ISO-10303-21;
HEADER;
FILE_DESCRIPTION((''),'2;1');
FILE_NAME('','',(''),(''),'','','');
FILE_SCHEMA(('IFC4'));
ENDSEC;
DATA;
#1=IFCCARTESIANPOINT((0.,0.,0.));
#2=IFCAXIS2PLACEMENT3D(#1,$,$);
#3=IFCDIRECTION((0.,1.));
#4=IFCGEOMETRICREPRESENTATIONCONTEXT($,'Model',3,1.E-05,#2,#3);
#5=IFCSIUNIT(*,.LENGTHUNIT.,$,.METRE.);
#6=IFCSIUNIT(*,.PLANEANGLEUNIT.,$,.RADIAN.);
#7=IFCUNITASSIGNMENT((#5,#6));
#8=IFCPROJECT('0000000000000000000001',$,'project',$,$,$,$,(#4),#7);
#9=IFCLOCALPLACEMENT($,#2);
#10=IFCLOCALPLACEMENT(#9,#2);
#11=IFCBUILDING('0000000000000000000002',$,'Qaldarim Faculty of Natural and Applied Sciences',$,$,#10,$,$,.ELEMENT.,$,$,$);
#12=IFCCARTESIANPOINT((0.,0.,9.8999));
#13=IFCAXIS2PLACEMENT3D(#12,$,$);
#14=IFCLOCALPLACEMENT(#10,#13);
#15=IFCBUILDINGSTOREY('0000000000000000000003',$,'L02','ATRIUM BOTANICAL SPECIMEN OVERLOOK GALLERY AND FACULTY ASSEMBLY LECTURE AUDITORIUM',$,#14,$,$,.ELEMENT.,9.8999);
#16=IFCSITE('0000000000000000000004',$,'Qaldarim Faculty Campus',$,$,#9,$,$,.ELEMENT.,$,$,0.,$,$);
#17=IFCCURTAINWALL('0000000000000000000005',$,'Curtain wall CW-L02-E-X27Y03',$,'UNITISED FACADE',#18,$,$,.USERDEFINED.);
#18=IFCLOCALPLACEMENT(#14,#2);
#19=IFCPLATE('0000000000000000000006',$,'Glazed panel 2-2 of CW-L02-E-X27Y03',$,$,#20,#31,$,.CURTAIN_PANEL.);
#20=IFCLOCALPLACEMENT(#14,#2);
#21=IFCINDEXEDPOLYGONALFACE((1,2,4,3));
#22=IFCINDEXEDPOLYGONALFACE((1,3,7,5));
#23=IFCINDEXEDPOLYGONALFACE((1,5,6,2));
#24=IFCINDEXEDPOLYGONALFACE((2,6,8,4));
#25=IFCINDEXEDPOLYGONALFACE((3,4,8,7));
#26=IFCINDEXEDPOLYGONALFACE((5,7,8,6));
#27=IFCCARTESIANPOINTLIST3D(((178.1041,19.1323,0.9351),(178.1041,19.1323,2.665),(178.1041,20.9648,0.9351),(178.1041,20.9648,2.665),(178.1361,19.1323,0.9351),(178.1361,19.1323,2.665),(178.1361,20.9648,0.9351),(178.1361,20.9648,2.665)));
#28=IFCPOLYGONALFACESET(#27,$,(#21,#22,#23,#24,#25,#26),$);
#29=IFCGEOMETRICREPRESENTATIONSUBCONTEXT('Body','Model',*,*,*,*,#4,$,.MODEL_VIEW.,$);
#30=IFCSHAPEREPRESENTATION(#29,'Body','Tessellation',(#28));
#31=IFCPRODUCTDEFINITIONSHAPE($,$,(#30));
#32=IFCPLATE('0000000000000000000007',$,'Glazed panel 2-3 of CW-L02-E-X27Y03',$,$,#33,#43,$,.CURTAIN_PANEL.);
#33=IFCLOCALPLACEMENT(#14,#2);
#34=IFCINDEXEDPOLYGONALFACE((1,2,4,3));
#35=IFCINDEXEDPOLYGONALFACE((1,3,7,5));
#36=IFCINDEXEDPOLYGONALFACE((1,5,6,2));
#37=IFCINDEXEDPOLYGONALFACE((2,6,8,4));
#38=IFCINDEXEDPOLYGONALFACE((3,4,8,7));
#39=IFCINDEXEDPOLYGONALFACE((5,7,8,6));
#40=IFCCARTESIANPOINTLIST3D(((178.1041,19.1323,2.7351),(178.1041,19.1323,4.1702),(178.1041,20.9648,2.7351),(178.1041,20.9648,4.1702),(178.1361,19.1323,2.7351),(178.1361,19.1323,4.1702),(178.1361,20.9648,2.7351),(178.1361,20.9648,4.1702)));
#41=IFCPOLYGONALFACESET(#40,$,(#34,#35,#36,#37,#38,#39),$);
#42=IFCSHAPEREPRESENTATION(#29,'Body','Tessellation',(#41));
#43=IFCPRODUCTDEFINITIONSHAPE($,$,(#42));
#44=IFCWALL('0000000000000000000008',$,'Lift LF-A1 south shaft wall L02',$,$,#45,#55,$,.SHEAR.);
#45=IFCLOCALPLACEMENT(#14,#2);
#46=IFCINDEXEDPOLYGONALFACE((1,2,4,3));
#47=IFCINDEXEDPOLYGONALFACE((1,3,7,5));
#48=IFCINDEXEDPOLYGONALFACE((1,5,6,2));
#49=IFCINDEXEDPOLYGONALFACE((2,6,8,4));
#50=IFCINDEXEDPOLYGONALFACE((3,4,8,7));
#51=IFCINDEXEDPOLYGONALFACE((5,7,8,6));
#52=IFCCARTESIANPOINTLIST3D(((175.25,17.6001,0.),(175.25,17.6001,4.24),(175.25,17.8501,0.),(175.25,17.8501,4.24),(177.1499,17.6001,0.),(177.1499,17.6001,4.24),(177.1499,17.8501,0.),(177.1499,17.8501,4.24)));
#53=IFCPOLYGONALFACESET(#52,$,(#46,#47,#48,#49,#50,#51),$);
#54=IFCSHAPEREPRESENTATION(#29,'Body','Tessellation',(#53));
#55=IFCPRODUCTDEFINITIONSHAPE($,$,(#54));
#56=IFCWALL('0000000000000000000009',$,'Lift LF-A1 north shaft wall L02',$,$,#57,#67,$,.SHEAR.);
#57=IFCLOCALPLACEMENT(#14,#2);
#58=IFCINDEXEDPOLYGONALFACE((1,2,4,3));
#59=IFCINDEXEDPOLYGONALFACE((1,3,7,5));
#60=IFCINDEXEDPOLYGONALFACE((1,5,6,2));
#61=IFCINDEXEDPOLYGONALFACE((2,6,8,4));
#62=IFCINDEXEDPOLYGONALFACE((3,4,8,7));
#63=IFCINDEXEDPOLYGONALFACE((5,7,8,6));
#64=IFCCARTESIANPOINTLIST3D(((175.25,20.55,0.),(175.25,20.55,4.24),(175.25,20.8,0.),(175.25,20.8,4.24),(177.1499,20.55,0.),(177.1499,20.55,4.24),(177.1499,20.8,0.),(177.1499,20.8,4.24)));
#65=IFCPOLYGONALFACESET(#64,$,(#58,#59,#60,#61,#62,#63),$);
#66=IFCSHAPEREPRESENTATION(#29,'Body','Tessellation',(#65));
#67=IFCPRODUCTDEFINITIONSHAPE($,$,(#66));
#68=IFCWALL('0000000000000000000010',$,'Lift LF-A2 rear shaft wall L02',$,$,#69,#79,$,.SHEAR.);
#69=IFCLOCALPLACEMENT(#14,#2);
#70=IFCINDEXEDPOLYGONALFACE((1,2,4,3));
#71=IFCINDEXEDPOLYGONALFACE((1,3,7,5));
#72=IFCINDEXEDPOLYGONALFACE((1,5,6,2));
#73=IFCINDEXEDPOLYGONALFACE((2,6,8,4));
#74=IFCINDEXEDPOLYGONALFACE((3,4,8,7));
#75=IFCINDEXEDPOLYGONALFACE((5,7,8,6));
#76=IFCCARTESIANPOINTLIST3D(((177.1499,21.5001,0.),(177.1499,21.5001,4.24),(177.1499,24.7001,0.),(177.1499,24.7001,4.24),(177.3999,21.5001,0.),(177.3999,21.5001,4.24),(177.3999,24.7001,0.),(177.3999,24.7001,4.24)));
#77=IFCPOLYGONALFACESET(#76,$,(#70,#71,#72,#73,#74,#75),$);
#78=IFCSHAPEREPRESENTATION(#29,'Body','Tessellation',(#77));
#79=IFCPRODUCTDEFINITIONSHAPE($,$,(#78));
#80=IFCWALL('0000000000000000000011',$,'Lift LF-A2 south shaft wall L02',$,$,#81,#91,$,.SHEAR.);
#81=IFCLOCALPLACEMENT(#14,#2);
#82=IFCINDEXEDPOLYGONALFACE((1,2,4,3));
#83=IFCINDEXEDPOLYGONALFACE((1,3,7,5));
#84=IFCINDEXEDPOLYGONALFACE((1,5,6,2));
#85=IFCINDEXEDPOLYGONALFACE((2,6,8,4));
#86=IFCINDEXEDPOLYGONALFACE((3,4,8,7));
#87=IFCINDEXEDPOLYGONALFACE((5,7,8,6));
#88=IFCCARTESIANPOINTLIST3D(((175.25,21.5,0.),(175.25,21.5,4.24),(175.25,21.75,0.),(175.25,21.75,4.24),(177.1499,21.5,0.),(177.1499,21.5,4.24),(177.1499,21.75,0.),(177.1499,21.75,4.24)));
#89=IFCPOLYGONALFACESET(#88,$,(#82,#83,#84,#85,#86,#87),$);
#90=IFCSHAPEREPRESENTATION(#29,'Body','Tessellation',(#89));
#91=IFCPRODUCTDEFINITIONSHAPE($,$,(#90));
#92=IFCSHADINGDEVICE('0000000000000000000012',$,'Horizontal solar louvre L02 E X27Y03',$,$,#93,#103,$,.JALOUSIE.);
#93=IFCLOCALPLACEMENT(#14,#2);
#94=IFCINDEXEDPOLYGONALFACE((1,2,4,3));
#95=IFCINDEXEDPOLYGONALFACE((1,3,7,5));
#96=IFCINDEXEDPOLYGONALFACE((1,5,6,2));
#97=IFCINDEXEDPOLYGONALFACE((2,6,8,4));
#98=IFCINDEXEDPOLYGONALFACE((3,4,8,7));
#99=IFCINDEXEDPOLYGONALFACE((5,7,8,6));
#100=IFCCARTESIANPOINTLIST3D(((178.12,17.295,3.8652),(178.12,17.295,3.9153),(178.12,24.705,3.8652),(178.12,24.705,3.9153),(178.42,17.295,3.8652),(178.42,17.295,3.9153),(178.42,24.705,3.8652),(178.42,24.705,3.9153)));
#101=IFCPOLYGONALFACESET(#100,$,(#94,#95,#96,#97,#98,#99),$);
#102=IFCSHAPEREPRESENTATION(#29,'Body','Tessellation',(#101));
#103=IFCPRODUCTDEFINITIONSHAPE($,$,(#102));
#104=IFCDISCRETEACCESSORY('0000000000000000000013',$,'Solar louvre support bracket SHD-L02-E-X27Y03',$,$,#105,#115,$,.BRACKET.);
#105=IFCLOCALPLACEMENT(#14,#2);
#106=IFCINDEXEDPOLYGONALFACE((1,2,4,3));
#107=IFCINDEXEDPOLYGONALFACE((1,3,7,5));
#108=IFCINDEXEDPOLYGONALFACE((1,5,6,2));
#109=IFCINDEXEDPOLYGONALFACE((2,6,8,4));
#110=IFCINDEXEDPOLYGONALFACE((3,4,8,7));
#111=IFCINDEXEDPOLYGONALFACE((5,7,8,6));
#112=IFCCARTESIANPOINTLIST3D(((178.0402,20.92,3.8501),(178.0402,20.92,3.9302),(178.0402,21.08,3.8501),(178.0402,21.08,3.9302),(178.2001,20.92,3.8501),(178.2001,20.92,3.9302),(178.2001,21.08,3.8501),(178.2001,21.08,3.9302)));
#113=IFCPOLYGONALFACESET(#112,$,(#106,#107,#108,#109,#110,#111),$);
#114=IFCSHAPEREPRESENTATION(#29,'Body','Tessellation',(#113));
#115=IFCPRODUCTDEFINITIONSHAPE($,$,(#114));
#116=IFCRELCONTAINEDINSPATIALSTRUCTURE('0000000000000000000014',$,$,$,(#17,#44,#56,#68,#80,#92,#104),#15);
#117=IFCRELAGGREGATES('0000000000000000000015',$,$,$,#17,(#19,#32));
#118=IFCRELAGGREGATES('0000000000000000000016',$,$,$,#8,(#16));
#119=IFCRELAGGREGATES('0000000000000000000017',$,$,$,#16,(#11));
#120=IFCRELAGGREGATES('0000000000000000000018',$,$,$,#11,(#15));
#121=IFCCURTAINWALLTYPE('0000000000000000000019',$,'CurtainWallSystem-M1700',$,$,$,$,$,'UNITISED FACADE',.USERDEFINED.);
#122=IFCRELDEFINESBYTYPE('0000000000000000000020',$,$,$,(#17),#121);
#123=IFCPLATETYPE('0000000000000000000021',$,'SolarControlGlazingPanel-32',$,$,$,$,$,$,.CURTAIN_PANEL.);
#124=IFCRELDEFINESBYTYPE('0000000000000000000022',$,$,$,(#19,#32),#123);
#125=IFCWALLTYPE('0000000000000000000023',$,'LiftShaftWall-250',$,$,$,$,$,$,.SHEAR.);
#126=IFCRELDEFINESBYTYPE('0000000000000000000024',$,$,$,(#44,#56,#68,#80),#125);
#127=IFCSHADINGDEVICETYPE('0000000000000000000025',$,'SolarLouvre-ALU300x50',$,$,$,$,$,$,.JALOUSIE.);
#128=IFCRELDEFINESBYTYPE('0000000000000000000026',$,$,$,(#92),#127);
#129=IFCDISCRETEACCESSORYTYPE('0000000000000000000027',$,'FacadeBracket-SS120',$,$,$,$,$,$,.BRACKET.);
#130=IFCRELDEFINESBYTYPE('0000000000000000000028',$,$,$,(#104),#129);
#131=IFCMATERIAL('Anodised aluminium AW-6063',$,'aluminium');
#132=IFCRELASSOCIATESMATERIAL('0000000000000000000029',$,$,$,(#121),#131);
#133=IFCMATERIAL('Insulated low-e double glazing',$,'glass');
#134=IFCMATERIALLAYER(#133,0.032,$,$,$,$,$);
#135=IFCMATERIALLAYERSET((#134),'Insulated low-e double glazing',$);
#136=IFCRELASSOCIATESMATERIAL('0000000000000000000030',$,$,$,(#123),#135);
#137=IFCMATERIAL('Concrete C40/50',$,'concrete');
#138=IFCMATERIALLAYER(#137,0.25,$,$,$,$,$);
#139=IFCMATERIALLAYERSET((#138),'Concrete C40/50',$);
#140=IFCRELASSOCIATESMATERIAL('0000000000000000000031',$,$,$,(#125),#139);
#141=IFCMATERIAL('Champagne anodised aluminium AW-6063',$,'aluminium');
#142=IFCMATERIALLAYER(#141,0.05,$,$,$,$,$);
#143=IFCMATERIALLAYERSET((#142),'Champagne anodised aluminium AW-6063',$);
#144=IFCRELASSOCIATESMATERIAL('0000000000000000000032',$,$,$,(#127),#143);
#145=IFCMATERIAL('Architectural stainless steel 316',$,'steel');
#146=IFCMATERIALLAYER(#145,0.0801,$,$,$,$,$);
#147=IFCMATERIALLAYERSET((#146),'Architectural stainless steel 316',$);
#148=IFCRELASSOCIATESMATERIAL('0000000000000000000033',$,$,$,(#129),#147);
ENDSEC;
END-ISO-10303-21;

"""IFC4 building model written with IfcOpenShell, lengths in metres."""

from ifc_helpers import new_model, si_unit, direction, frame, frame_2d, origin, origin_2d, place, context, subcontext, project, spatial, rectangle, extrude, material, layer, layer_set, type_object, element, aggregate, save


model = new_model("IFC4")

# Units and contexts
model_context = context("Model", 3, precision=1e-05, world=origin(), true_north=direction((0.0, 1.0)))
body_context = subcontext(model_context, "Body", "Model", "MODEL_VIEW")
ifc_project = project(units=[si_unit("LENGTHUNIT", "METRE"), si_unit("PLANEANGLEUNIT", "RADIAN")], contexts=[model_context])

# Site, building, storey
site_placement = place(None, origin())
site = spatial("IfcSite", under=ifc_project, at=site_placement, Name="Qaldarim Faculty Campus", CompositionType="ELEMENT", RefElevation=0.0)
building_placement = place(site_placement, origin())
building = spatial("IfcBuilding", under=site, at=building_placement, Name="Qaldarim Faculty of Natural and Applied Sciences", CompositionType="ELEMENT")
storey_placement = place(building_placement, frame((0.0, 0.0, 9.8999)))
storey = spatial("IfcBuildingStorey", under=building, at=storey_placement, Name="L02", Description="ATRIUM BOTANICAL SPECIMEN OVERLOOK GALLERY AND FACULTY ASSEMBLY LECTURE AUDITORIUM", CompositionType="ELEMENT", Elevation=9.8999)

# Curtain wall, plates
ifc_material_1 = material(Name="Anodised aluminium AW-6063", Category="aluminium")
curtain_wall_type = type_object("IfcCurtainWallType", Name="CurtainWallSystem-M1700", ElementType="UNITISED FACADE", PredefinedType="USERDEFINED", material=ifc_material_1)
curtain_wall_placement = place(storey_placement, origin())
curtain_wall = element("IfcCurtainWall", 1, at=curtain_wall_placement, inside=storey, type_object=curtain_wall_type, Name="Curtain wall CW-L02-E-X27Y03", ObjectType="UNITISED FACADE", PredefinedType="USERDEFINED")
ifc_material_2 = material(Name="Insulated low-e double glazing", Category="glass")
ifc_layer_1 = layer(ifc_material_2, 0.032)
ifc_layer_set_1 = layer_set([ifc_layer_1], Name="Insulated low-e double glazing")
plate_type = type_object("IfcPlateType", Name="SolarControlGlazingPanel-32", PredefinedType="CURTAIN_PANEL", material=ifc_layer_set_1)
plate_1_placement = place(storey_placement, frame((178.1201, 20.0486, 0.9351), z_axis=(0.0, 0.0, 1.0), x_axis=(0.0, 1.0, 0.0)))
plate_1 = element("IfcPlate", 2, at=plate_1_placement, type_object=plate_type, Name="Glazed panel 2-2 of CW-L02-E-X27Y03", PredefinedType="CURTAIN_PANEL", context=body_context, shape_type="SweptSolid", body=[
    extrude(rectangle(XDim=1.8325, YDim=0.032, at=origin_2d()), origin(), (0.0, 0.0, 1.0), 1.73),
])
plate_2_placement = place(storey_placement, frame((178.1201, 20.0486, 2.7351), z_axis=(0.0, 0.0, 1.0), x_axis=(0.0, 1.0, 0.0)))
plate_2 = element("IfcPlate", 3, at=plate_2_placement, type_object=plate_type, Name="Glazed panel 2-3 of CW-L02-E-X27Y03", PredefinedType="CURTAIN_PANEL", context=body_context, shape_type="SweptSolid", body=[
    extrude(rectangle(XDim=1.8325, YDim=0.032, at=origin_2d()), origin(), (0.0, 0.0, 1.0), 1.4351),
])
aggregate(curtain_wall, [plate_1, plate_2])

# Walls
ifc_material_3 = material(Name="Concrete C40/50", Category="concrete")
ifc_layer_2 = layer(ifc_material_3, 0.25)
ifc_layer_set_2 = layer_set([ifc_layer_2], Name="Concrete C40/50")
wall_type = type_object("IfcWallType", Name="LiftShaftWall-250", PredefinedType="SHEAR", material=ifc_layer_set_2)
for number, where, z_axis, x_axis, name in (
    (4, (175.25, 17.7251, 0.0), (0.0, 0.0, 1.0), (1.0, 0.0, 0.0), "Lift LF-A1 south shaft wall L02"),
    (5, (175.25, 20.675, 0.0), (0.0, 0.0, 1.0), (1.0, 0.0, 0.0), "Lift LF-A1 north shaft wall L02"),
):
    element("IfcWall", number, at=place(storey_placement, frame(where, z_axis=z_axis, x_axis=x_axis)), inside=storey, type_object=wall_type, Name=name, PredefinedType="SHEAR", context=body_context, shape_type="SweptSolid", body=[
        extrude(rectangle(XDim=1.8999, YDim=0.25, at=frame_2d((0.95, 0.0))), origin(), (0.0, 0.0, 1.0), 4.24),
    ])

# Shared definitions
ifc_material_4 = material(Name="Architectural stainless steel 316", Category="steel")

# Walls
wall_1_placement = place(storey_placement, frame((177.2749, 21.5, 0.0), z_axis=(0.0, 0.0, 1.0), x_axis=(0.0, 1.0, 0.0)))
element("IfcWall", 6, at=wall_1_placement, inside=storey, type_object=wall_type, Name="Lift LF-A2 rear shaft wall L02", PredefinedType="SHEAR", context=body_context, shape_type="SweptSolid", body=[
    extrude(rectangle(XDim=3.2, YDim=0.25, at=frame_2d((1.6001, 0.0))), origin(), (0.0, 0.0, 1.0), 4.24),
])
wall_2_placement = place(storey_placement, frame((175.25, 21.625, 0.0), z_axis=(0.0, 0.0, 1.0), x_axis=(1.0, 0.0, 0.0)))
element("IfcWall", 7, at=wall_2_placement, inside=storey, type_object=wall_type, Name="Lift LF-A2 south shaft wall L02", PredefinedType="SHEAR", context=body_context, shape_type="SweptSolid", body=[
    extrude(rectangle(XDim=1.8999, YDim=0.25, at=frame_2d((0.95, 0.0))), origin(), (0.0, 0.0, 1.0), 4.24),
])

# Shading device
ifc_material_5 = material(Name="Champagne anodised aluminium AW-6063", Category="aluminium")
ifc_layer_3 = layer(ifc_material_5, 0.05)
ifc_layer_set_3 = layer_set([ifc_layer_3], Name="Champagne anodised aluminium AW-6063")
shading_device_type = type_object("IfcShadingDeviceType", Name="SolarLouvre-ALU300x50", PredefinedType="JALOUSIE", material=ifc_layer_set_3)
shading_device_placement = place(storey_placement, frame((178.27, 21.0, 3.8652), z_axis=(0.0, 0.0, 1.0), x_axis=(0.0, 1.0, 0.0)))
element("IfcShadingDevice", 8, at=shading_device_placement, inside=storey, type_object=shading_device_type, Name="Horizontal solar louvre L02 E X27Y03", PredefinedType="JALOUSIE", context=body_context, shape_type="SweptSolid", body=[
    extrude(rectangle(XDim=7.4099, YDim=0.3, at=origin_2d()), origin(), (0.0, 0.0, 1.0), 0.05),
])

# Discrete accessory
ifc_layer_4 = layer(ifc_material_4, 0.0801)
ifc_layer_set_4 = layer_set([ifc_layer_4], Name="Architectural stainless steel 316")
discrete_accessory_type = type_object("IfcDiscreteAccessoryType", Name="FacadeBracket-SS120", PredefinedType="BRACKET", material=ifc_layer_set_4)
discrete_accessory_placement = place(storey_placement, frame((178.1201, 21.0, 3.8501), z_axis=(0.0, 0.0, 1.0), x_axis=(0.0, 1.0, 0.0)))
element("IfcDiscreteAccessory", 9, at=discrete_accessory_placement, inside=storey, type_object=discrete_accessory_type, Name="Solar louvre support bracket SHD-L02-E-X27Y03", PredefinedType="BRACKET", context=body_context, shape_type="SweptSolid", body=[
    extrude(rectangle(XDim=0.1599, YDim=0.1599, at=origin_2d()), origin(), (0.0, 0.0, 1.0), 0.0801),
])

save(model, "model.ifc")
